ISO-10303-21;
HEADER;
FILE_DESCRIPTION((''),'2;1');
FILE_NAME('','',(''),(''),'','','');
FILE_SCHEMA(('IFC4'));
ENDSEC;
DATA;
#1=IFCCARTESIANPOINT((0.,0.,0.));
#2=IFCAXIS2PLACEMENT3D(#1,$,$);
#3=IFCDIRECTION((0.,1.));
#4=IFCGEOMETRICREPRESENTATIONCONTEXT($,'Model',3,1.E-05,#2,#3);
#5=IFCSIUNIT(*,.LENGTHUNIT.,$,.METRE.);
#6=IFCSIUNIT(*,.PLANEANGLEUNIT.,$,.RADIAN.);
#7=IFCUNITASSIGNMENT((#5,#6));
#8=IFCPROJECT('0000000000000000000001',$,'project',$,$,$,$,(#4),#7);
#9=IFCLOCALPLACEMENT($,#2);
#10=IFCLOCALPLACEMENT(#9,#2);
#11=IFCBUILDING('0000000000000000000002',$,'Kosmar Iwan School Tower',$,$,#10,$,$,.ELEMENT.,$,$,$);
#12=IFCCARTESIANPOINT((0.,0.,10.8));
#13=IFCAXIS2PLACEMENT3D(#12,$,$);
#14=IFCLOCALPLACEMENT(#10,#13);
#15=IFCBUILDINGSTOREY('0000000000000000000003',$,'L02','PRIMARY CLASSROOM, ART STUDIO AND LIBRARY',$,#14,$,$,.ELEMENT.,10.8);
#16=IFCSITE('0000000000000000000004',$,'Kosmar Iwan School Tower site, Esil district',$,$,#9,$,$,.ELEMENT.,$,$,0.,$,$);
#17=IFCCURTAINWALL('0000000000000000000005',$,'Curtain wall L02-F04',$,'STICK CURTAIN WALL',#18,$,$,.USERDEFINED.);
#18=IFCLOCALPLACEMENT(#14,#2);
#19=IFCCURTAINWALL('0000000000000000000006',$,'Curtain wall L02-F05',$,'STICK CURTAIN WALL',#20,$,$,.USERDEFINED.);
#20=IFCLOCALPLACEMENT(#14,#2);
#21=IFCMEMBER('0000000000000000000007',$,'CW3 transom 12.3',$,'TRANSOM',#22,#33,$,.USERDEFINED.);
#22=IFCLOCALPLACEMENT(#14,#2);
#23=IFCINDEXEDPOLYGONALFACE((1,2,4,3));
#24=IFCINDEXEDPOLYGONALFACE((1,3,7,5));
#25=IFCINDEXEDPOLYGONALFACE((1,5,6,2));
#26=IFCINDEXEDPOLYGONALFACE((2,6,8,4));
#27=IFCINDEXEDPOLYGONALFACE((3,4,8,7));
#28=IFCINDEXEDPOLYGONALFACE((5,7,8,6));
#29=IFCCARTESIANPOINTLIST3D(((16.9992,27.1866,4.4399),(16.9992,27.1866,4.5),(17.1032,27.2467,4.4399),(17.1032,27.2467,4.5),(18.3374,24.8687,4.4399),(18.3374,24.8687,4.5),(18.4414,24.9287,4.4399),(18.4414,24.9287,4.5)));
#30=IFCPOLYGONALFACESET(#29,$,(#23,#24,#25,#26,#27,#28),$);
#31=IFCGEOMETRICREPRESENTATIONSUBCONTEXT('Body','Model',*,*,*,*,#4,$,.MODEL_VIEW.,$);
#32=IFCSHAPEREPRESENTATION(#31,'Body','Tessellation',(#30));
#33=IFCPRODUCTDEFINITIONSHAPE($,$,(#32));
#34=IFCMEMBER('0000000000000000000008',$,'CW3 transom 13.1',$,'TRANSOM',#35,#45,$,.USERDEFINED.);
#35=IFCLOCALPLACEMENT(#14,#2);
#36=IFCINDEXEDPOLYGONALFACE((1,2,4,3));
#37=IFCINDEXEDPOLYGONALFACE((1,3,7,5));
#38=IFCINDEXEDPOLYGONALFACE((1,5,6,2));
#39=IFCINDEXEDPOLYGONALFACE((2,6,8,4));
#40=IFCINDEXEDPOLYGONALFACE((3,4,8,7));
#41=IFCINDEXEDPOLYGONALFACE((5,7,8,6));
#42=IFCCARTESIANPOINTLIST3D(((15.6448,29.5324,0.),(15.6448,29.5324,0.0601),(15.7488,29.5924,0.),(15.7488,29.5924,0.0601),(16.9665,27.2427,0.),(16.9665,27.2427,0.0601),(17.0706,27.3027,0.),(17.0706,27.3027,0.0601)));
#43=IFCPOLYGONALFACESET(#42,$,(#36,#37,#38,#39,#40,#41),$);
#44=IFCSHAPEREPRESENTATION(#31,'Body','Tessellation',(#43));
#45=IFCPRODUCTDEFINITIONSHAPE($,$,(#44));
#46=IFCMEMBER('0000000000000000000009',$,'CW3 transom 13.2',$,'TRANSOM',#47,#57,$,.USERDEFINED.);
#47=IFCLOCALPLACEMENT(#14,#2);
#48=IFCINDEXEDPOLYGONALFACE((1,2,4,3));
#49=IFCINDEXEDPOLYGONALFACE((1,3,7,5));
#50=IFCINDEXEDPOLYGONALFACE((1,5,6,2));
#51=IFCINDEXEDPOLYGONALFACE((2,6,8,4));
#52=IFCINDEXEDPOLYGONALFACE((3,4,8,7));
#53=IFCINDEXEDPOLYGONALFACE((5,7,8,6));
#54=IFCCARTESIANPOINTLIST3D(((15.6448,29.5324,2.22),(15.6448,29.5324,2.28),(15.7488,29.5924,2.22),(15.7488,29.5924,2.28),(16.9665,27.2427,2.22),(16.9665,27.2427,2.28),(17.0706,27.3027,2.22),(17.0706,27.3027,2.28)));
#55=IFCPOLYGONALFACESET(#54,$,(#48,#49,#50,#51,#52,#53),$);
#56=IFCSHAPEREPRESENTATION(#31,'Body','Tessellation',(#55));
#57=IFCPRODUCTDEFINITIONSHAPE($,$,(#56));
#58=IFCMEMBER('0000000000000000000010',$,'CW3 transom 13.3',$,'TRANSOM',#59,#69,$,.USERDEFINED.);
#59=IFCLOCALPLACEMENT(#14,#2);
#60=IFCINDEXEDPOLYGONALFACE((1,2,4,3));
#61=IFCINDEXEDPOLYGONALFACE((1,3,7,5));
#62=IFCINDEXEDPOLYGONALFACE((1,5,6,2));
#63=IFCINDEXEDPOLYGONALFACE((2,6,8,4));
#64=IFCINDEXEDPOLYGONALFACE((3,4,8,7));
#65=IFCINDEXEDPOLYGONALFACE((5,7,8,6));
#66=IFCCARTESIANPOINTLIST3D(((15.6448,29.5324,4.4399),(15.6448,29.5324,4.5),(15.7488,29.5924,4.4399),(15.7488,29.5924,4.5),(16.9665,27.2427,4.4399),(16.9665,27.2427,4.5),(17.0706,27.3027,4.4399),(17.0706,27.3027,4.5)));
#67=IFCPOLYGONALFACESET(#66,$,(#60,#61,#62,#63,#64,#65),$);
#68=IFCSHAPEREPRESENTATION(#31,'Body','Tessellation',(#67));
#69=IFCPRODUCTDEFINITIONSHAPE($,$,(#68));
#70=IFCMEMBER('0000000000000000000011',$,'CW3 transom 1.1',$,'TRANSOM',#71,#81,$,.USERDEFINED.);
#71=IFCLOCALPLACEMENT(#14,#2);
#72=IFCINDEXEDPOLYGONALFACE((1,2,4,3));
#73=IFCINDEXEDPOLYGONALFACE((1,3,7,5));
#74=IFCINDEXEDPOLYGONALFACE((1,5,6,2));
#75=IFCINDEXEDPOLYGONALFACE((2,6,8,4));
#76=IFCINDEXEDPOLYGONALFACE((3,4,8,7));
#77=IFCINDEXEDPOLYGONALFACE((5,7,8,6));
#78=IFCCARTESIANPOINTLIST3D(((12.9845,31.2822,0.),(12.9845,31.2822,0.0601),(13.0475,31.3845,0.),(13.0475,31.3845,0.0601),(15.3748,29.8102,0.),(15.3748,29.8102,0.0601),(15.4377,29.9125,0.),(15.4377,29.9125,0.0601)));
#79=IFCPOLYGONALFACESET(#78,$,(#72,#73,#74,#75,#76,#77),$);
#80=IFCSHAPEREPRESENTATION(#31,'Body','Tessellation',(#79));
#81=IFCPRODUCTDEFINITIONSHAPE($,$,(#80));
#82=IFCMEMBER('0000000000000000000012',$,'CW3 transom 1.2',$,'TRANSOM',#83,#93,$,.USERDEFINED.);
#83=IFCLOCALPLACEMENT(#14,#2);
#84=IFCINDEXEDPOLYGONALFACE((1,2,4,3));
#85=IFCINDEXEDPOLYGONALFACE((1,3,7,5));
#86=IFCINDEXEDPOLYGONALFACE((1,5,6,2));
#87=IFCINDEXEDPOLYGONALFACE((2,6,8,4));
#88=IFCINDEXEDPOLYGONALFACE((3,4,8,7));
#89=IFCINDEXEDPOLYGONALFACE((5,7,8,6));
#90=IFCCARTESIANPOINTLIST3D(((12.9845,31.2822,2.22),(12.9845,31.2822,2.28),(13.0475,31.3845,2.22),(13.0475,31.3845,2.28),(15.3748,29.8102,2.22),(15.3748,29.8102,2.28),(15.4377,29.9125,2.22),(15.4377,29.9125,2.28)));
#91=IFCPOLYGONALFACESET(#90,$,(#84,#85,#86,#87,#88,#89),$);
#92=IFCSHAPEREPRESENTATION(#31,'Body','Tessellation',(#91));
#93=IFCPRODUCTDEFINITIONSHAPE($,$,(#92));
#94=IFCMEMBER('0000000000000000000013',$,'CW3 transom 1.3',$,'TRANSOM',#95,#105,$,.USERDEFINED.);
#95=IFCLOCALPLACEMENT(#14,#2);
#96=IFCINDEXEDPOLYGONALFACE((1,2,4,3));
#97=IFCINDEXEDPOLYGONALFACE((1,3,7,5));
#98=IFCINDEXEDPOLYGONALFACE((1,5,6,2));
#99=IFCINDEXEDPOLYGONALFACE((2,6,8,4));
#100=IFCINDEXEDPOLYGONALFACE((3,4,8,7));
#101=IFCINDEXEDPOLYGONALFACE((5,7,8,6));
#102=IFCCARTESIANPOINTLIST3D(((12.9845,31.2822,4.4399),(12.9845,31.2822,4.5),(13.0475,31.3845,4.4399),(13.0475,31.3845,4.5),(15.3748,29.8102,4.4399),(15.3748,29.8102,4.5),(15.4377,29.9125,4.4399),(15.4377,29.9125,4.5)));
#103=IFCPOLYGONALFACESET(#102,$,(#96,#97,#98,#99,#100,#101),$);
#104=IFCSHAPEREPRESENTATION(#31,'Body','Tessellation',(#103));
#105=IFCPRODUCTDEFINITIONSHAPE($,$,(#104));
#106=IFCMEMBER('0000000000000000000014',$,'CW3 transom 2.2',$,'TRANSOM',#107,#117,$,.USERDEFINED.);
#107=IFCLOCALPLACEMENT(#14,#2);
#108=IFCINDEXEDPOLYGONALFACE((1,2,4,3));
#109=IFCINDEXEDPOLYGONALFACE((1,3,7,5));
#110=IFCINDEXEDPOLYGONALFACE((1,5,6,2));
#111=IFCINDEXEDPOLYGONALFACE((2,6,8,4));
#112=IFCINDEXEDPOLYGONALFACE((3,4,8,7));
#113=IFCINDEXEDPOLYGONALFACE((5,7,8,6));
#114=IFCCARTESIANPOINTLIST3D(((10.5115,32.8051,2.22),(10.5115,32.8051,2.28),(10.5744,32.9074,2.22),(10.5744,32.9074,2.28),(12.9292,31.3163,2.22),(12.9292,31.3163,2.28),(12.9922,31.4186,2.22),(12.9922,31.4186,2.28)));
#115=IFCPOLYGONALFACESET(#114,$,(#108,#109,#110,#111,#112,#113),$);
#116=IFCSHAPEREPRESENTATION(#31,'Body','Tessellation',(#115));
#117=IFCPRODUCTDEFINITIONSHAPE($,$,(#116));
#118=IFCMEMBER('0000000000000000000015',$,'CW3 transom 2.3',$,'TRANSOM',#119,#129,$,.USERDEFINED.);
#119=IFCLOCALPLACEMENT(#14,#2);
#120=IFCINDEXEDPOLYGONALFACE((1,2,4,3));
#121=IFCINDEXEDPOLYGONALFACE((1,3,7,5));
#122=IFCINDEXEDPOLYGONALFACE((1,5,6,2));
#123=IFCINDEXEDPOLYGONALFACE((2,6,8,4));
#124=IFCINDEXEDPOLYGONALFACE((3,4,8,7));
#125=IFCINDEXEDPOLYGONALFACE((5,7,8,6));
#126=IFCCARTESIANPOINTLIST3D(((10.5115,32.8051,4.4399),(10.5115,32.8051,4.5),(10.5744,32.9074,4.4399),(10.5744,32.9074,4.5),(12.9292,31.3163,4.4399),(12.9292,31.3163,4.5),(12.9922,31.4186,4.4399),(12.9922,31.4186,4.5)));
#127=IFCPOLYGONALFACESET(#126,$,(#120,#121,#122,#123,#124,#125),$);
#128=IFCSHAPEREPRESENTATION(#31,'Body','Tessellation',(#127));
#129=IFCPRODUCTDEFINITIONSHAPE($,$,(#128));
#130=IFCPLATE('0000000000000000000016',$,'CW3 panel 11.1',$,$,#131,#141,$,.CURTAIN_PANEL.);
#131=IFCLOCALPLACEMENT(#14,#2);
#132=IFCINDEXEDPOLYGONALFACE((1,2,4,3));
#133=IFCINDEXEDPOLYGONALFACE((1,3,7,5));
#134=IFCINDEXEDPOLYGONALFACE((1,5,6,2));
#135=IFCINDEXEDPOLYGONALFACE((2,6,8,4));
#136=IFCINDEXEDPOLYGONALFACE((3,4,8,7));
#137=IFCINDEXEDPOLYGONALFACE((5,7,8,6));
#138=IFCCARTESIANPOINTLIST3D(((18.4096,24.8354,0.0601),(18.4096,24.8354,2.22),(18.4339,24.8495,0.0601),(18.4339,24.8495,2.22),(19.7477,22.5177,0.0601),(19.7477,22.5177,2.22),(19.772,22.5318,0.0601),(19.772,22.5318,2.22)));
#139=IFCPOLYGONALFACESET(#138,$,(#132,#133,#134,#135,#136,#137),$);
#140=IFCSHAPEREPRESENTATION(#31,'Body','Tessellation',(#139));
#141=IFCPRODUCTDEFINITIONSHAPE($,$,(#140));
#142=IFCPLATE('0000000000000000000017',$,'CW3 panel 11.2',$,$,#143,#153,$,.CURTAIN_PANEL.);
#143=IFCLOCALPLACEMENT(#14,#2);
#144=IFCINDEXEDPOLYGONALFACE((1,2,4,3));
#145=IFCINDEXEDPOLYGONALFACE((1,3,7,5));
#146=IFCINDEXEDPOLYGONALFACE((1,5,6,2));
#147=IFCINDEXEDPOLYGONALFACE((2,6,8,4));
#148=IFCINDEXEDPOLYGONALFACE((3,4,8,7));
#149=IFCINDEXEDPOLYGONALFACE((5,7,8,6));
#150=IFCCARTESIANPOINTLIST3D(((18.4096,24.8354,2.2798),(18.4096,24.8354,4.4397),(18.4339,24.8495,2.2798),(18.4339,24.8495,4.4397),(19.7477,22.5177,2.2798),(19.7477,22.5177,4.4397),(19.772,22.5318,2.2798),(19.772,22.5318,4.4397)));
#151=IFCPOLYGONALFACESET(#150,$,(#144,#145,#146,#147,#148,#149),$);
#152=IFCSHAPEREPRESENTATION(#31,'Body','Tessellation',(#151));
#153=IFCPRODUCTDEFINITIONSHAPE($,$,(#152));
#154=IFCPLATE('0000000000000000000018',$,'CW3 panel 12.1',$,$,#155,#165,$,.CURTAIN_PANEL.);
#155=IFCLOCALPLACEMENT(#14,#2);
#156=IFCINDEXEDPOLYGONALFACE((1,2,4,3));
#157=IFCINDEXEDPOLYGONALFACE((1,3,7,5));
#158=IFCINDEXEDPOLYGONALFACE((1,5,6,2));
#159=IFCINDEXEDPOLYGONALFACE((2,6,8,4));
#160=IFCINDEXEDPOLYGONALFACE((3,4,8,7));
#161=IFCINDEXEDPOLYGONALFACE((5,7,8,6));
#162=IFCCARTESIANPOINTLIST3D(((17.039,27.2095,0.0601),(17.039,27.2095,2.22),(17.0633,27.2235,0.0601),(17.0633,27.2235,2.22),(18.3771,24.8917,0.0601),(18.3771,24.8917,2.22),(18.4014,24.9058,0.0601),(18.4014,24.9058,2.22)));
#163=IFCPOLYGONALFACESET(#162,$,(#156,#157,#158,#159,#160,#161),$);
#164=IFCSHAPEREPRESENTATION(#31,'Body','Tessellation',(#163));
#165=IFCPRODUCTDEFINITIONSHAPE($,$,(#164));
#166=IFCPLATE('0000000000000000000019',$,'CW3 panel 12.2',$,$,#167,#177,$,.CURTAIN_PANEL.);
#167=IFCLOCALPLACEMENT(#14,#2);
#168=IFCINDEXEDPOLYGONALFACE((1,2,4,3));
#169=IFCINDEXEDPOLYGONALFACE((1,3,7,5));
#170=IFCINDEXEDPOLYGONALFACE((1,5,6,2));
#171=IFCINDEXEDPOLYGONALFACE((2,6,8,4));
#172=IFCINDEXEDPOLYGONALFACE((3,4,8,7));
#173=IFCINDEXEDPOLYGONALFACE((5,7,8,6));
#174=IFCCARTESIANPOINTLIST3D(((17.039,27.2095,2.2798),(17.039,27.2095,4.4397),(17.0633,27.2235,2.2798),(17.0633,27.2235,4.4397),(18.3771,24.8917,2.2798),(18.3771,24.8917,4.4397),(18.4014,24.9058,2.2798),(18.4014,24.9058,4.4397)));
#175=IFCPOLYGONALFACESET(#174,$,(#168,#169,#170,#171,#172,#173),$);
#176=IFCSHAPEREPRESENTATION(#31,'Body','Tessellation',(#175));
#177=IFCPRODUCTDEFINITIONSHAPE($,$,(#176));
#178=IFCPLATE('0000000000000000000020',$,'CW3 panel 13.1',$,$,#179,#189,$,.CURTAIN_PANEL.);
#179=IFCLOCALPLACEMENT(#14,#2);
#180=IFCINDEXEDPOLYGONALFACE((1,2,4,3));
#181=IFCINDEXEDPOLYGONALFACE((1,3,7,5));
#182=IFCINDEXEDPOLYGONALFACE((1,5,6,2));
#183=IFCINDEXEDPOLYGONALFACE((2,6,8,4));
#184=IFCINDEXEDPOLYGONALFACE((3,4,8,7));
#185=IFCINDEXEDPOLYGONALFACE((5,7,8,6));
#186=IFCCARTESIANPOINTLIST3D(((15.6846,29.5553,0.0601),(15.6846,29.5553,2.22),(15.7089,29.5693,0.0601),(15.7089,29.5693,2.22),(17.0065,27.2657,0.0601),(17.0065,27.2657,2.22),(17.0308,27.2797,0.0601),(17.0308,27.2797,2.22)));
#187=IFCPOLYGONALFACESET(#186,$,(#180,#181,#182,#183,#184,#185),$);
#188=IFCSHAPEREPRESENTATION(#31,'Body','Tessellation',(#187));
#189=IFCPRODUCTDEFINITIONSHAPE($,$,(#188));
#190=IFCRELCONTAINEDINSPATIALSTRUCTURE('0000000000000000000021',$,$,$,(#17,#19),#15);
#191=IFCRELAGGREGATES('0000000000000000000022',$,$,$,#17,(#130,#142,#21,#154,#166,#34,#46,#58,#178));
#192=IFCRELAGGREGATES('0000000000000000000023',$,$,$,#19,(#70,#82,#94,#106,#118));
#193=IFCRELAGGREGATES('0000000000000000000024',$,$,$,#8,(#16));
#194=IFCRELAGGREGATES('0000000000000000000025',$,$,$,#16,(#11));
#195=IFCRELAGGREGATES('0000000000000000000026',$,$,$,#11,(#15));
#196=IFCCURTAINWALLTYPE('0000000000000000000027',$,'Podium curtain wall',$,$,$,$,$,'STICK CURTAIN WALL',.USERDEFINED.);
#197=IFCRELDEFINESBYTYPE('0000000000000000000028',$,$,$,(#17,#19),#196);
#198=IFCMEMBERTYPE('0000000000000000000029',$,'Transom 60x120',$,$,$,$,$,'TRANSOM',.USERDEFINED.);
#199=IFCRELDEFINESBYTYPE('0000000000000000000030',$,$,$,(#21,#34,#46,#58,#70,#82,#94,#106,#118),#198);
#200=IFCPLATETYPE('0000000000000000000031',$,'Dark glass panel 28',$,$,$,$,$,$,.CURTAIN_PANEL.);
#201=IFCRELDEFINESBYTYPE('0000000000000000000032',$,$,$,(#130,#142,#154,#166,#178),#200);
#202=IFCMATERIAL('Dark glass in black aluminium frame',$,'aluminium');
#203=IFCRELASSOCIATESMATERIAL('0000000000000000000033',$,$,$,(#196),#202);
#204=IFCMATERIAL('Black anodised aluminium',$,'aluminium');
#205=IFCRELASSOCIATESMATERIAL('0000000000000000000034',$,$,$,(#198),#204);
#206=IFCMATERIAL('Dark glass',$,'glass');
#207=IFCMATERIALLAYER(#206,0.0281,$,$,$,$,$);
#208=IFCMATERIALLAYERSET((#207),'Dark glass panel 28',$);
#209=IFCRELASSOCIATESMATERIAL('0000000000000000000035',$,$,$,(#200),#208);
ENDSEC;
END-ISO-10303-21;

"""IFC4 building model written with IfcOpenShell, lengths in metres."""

from ifc_helpers import new_model, si_unit, direction, frame, origin, origin_2d, place, context, subcontext, project, spatial, rectangle, extrude, material, layer, layer_set, material_profile, profile_set, type_object, element, aggregate, save


model = new_model("IFC4")

# Units and contexts
model_context = context("Model", 3, precision=1e-05, world=origin(), true_north=direction((0.0, 1.0)))
body_context = subcontext(model_context, "Body", "Model", "MODEL_VIEW")
ifc_project = project(units=[si_unit("LENGTHUNIT", "METRE"), si_unit("PLANEANGLEUNIT", "RADIAN")], contexts=[model_context])

# Site, building, storey
site_placement = place(None, origin())
site = spatial("IfcSite", under=ifc_project, at=site_placement, Name="Kosmar Iwan School Tower site, Esil district", CompositionType="ELEMENT", RefElevation=0.0)
building_placement = place(site_placement, origin())
building = spatial("IfcBuilding", under=site, at=building_placement, Name="Kosmar Iwan School Tower", CompositionType="ELEMENT")
storey_placement = place(building_placement, frame((0.0, 0.0, 10.8)))
storey = spatial("IfcBuildingStorey", under=building, at=storey_placement, Name="L02", Description="PRIMARY CLASSROOM, ART STUDIO AND LIBRARY", CompositionType="ELEMENT", Elevation=10.8)

# Curtain walls
ifc_material_1 = material(Name="Dark glass in black aluminium frame", Category="aluminium")
curtain_wall_type = type_object("IfcCurtainWallType", Name="Podium curtain wall", ElementType="STICK CURTAIN WALL", PredefinedType="USERDEFINED", material=ifc_material_1)
curtain_wall_1_placement = place(storey_placement, origin())
curtain_wall_1 = element("IfcCurtainWall", 1, at=curtain_wall_1_placement, inside=storey, type_object=curtain_wall_type, Name="Curtain wall L02-F04", ObjectType="STICK CURTAIN WALL", PredefinedType="USERDEFINED")
curtain_wall_2_placement = place(storey_placement, origin())
curtain_wall_2 = element("IfcCurtainWall", 2, at=curtain_wall_2_placement, inside=storey, type_object=curtain_wall_type, Name="Curtain wall L02-F05", ObjectType="STICK CURTAIN WALL", PredefinedType="USERDEFINED")

# Members
ifc_material_2 = material(Name="Black anodised aluminium", Category="aluminium")
ifc_material_profile_1 = material_profile(ifc_material_2, rectangle(XDim=0.1201, YDim=0.0601, at=origin_2d()), Name="TRANSOM 60x120")
ifc_profile_set_1 = profile_set([ifc_material_profile_1], Name="Black anodised aluminium")
member_type_1 = type_object("IfcMemberType", Name="Transom 60x120", ElementType="TRANSOM", PredefinedType="USERDEFINED", material=ifc_profile_set_1)
member_1_placement = place(storey_placement, frame((18.3894, 24.8987, 4.47), z_axis=(-0.499975, 0.86604, 0.0), x_axis=(-0.86604, -0.499975, 0.0)))
member_1 = element("IfcMember", 3, at=member_1_placement, type_object=member_type_1, Name="CW3 transom 12.3", ObjectType="TRANSOM", PredefinedType="USERDEFINED", context=body_context, shape_type="SweptSolid", body=[
    extrude(rectangle(XDim=0.1201, YDim=0.0601, at=origin_2d()), origin(), (0.0, 0.0, 1.0), 2.6765),
])
member_2_placement = place(storey_placement, frame((17.0186, 27.2727, 0.03), z_axis=(-0.499933, 0.866064, 0.0), x_axis=(-0.866064, -0.499933, 0.0)))
member_2 = element("IfcMember", 4, at=member_2_placement, type_object=member_type_1, Name="CW3 transom 13.1", ObjectType="TRANSOM", PredefinedType="USERDEFINED", context=body_context, shape_type="SweptSolid", body=[
    extrude(rectangle(XDim=0.1201, YDim=0.0601, at=origin_2d()), origin(), (0.0, 0.0, 1.0), 2.6438),
])
member_3_placement = place(storey_placement, frame((17.0186, 27.2727, 2.25), z_axis=(-0.499933, 0.866064, 0.0), x_axis=(-0.866064, -0.499933, 0.0)))
member_3 = element("IfcMember", 5, at=member_3_placement, type_object=member_type_1, Name="CW3 transom 13.2", ObjectType="TRANSOM", PredefinedType="USERDEFINED", context=body_context, shape_type="SweptSolid", body=[
    extrude(rectangle(XDim=0.1201, YDim=0.0601, at=origin_2d()), origin(), (0.0, 0.0, 1.0), 2.6438),
])
member_4_placement = place(storey_placement, frame((17.0186, 27.2727, 4.47), z_axis=(-0.499933, 0.866064, 0.0), x_axis=(-0.866064, -0.499933, 0.0)))
member_4 = element("IfcMember", 6, at=member_4_placement, type_object=member_type_1, Name="CW3 transom 13.3", ObjectType="TRANSOM", PredefinedType="USERDEFINED", context=body_context, shape_type="SweptSolid", body=[
    extrude(rectangle(XDim=0.1201, YDim=0.0601, at=origin_2d()), origin(), (0.0, 0.0, 1.0), 2.6438),
])
member_5_placement = place(storey_placement, frame((15.4062, 29.8613, 0.03), z_axis=(-0.851488, 0.524374, 0.0), x_axis=(-0.524374, -0.851488, 0.0)))
member_5 = element("IfcMember", 7, at=member_5_placement, type_object=member_type_1, Name="CW3 transom 1.1", ObjectType="TRANSOM", PredefinedType="USERDEFINED", context=body_context, shape_type="SweptSolid", body=[
    extrude(rectangle(XDim=0.1201, YDim=0.0601, at=origin_2d()), origin(), (0.0, 0.0, 1.0), 2.8071),
])
member_6_placement = place(storey_placement, frame((15.4062, 29.8613, 2.25), z_axis=(-0.851488, 0.524374, 0.0), x_axis=(-0.524374, -0.851488, 0.0)))
member_6 = element("IfcMember", 8, at=member_6_placement, type_object=member_type_1, Name="CW3 transom 1.2", ObjectType="TRANSOM", PredefinedType="USERDEFINED", context=body_context, shape_type="SweptSolid", body=[
    extrude(rectangle(XDim=0.1201, YDim=0.0601, at=origin_2d()), origin(), (0.0, 0.0, 1.0), 2.8071),
])
member_7_placement = place(storey_placement, frame((15.4062, 29.8613, 4.47), z_axis=(-0.851488, 0.524374, 0.0), x_axis=(-0.524374, -0.851488, 0.0)))
member_7 = element("IfcMember", 9, at=member_7_placement, type_object=member_type_1, Name="CW3 transom 1.3", ObjectType="TRANSOM", PredefinedType="USERDEFINED", context=body_context, shape_type="SweptSolid", body=[
    extrude(rectangle(XDim=0.1201, YDim=0.0601, at=origin_2d()), origin(), (0.0, 0.0, 1.0), 2.8071),
])
member_8_placement = place(storey_placement, frame((12.9607, 31.3674, 2.25), z_axis=(-0.851511, 0.524337, 0.0), x_axis=(-0.524337, -0.851511, 0.0)))
member_8 = element("IfcMember", 10, at=member_8_placement, type_object=member_type_1, Name="CW3 transom 2.2", ObjectType="TRANSOM", PredefinedType="USERDEFINED", context=body_context, shape_type="SweptSolid", body=[
    extrude(rectangle(XDim=0.1201, YDim=0.0601, at=origin_2d()), origin(), (0.0, 0.0, 1.0), 2.8394),
])
member_9_placement = place(storey_placement, frame((12.9607, 31.3674, 4.47), z_axis=(-0.851511, 0.524337, 0.0), x_axis=(-0.524337, -0.851511, 0.0)))
member_9 = element("IfcMember", 11, at=member_9_placement, type_object=member_type_1, Name="CW3 transom 2.3", ObjectType="TRANSOM", PredefinedType="USERDEFINED", context=body_context, shape_type="SweptSolid", body=[
    extrude(rectangle(XDim=0.1201, YDim=0.0601, at=origin_2d()), origin(), (0.0, 0.0, 1.0), 2.8394),
])

# Plates
ifc_material_3 = material(Name="Dark glass", Category="glass")
ifc_layer = layer(ifc_material_3, 0.0281)
ifc_layer_set = layer_set([ifc_layer], Name="Dark glass panel 28")
plate_type = type_object("IfcPlateType", Name="Dark glass panel 28", PredefinedType="CURTAIN_PANEL", material=ifc_layer_set)
plate_1_placement = place(storey_placement, frame((19.0908, 23.6836, 0.0601), z_axis=(0.0, 0.0, 1.0), x_axis=(-0.5, 0.866025, 0.0)))
plate_1 = element("IfcPlate", 12, at=plate_1_placement, type_object=plate_type, Name="CW3 panel 11.1", PredefinedType="CURTAIN_PANEL", context=body_context, shape_type="SweptSolid", body=[
    extrude(rectangle(XDim=2.6763, YDim=0.0281, at=origin_2d()), origin(), (0.0, 0.0, 1.0), 2.1599),
])
plate_2_placement = place(storey_placement, frame((19.0908, 23.6836, 2.2798), z_axis=(0.0, 0.0, 1.0), x_axis=(-0.5, 0.866025, 0.0)))
plate_2 = element("IfcPlate", 13, at=plate_2_placement, type_object=plate_type, Name="CW3 panel 11.2", PredefinedType="CURTAIN_PANEL", context=body_context, shape_type="SweptSolid", body=[
    extrude(rectangle(XDim=2.6763, YDim=0.0281, at=origin_2d()), origin(), (0.0, 0.0, 1.0), 2.1599),
])
plate_3_placement = place(storey_placement, frame((17.7202, 26.0576, 0.0601), z_axis=(0.0, 0.0, 1.0), x_axis=(-0.5, 0.866025, 0.0)))
plate_3 = element("IfcPlate", 14, at=plate_3_placement, type_object=plate_type, Name="CW3 panel 12.1", PredefinedType="CURTAIN_PANEL", context=body_context, shape_type="SweptSolid", body=[
    extrude(rectangle(XDim=2.6763, YDim=0.0281, at=origin_2d()), origin(), (0.0, 0.0, 1.0), 2.1599),
])
plate_4_placement = place(storey_placement, frame((17.7202, 26.0576, 2.2798), z_axis=(0.0, 0.0, 1.0), x_axis=(-0.5, 0.866025, 0.0)))
plate_4 = element("IfcPlate", 15, at=plate_4_placement, type_object=plate_type, Name="CW3 panel 12.2", PredefinedType="CURTAIN_PANEL", context=body_context, shape_type="SweptSolid", body=[
    extrude(rectangle(XDim=2.6763, YDim=0.0281, at=origin_2d()), origin(), (0.0, 0.0, 1.0), 2.1599),
])
plate_5_placement = place(storey_placement, frame((16.3577, 28.4175, 0.0601), z_axis=(0.0, 0.0, 1.0), x_axis=(-0.5, 0.866025, 0.0)))
plate_5 = element("IfcPlate", 16, at=plate_5_placement, type_object=plate_type, Name="CW3 panel 13.1", PredefinedType="CURTAIN_PANEL", context=body_context, shape_type="SweptSolid", body=[
    extrude(rectangle(XDim=2.6438, YDim=0.0281, at=origin_2d()), origin(), (0.0, 0.0, 1.0), 2.1599),
])
aggregate(curtain_wall_1, [plate_1, plate_2, member_1, plate_3, plate_4, member_2, member_3, member_4, plate_5])
aggregate(curtain_wall_2, [member_5, member_6, member_7, member_8, member_9])

save(model, "model.ifc")
